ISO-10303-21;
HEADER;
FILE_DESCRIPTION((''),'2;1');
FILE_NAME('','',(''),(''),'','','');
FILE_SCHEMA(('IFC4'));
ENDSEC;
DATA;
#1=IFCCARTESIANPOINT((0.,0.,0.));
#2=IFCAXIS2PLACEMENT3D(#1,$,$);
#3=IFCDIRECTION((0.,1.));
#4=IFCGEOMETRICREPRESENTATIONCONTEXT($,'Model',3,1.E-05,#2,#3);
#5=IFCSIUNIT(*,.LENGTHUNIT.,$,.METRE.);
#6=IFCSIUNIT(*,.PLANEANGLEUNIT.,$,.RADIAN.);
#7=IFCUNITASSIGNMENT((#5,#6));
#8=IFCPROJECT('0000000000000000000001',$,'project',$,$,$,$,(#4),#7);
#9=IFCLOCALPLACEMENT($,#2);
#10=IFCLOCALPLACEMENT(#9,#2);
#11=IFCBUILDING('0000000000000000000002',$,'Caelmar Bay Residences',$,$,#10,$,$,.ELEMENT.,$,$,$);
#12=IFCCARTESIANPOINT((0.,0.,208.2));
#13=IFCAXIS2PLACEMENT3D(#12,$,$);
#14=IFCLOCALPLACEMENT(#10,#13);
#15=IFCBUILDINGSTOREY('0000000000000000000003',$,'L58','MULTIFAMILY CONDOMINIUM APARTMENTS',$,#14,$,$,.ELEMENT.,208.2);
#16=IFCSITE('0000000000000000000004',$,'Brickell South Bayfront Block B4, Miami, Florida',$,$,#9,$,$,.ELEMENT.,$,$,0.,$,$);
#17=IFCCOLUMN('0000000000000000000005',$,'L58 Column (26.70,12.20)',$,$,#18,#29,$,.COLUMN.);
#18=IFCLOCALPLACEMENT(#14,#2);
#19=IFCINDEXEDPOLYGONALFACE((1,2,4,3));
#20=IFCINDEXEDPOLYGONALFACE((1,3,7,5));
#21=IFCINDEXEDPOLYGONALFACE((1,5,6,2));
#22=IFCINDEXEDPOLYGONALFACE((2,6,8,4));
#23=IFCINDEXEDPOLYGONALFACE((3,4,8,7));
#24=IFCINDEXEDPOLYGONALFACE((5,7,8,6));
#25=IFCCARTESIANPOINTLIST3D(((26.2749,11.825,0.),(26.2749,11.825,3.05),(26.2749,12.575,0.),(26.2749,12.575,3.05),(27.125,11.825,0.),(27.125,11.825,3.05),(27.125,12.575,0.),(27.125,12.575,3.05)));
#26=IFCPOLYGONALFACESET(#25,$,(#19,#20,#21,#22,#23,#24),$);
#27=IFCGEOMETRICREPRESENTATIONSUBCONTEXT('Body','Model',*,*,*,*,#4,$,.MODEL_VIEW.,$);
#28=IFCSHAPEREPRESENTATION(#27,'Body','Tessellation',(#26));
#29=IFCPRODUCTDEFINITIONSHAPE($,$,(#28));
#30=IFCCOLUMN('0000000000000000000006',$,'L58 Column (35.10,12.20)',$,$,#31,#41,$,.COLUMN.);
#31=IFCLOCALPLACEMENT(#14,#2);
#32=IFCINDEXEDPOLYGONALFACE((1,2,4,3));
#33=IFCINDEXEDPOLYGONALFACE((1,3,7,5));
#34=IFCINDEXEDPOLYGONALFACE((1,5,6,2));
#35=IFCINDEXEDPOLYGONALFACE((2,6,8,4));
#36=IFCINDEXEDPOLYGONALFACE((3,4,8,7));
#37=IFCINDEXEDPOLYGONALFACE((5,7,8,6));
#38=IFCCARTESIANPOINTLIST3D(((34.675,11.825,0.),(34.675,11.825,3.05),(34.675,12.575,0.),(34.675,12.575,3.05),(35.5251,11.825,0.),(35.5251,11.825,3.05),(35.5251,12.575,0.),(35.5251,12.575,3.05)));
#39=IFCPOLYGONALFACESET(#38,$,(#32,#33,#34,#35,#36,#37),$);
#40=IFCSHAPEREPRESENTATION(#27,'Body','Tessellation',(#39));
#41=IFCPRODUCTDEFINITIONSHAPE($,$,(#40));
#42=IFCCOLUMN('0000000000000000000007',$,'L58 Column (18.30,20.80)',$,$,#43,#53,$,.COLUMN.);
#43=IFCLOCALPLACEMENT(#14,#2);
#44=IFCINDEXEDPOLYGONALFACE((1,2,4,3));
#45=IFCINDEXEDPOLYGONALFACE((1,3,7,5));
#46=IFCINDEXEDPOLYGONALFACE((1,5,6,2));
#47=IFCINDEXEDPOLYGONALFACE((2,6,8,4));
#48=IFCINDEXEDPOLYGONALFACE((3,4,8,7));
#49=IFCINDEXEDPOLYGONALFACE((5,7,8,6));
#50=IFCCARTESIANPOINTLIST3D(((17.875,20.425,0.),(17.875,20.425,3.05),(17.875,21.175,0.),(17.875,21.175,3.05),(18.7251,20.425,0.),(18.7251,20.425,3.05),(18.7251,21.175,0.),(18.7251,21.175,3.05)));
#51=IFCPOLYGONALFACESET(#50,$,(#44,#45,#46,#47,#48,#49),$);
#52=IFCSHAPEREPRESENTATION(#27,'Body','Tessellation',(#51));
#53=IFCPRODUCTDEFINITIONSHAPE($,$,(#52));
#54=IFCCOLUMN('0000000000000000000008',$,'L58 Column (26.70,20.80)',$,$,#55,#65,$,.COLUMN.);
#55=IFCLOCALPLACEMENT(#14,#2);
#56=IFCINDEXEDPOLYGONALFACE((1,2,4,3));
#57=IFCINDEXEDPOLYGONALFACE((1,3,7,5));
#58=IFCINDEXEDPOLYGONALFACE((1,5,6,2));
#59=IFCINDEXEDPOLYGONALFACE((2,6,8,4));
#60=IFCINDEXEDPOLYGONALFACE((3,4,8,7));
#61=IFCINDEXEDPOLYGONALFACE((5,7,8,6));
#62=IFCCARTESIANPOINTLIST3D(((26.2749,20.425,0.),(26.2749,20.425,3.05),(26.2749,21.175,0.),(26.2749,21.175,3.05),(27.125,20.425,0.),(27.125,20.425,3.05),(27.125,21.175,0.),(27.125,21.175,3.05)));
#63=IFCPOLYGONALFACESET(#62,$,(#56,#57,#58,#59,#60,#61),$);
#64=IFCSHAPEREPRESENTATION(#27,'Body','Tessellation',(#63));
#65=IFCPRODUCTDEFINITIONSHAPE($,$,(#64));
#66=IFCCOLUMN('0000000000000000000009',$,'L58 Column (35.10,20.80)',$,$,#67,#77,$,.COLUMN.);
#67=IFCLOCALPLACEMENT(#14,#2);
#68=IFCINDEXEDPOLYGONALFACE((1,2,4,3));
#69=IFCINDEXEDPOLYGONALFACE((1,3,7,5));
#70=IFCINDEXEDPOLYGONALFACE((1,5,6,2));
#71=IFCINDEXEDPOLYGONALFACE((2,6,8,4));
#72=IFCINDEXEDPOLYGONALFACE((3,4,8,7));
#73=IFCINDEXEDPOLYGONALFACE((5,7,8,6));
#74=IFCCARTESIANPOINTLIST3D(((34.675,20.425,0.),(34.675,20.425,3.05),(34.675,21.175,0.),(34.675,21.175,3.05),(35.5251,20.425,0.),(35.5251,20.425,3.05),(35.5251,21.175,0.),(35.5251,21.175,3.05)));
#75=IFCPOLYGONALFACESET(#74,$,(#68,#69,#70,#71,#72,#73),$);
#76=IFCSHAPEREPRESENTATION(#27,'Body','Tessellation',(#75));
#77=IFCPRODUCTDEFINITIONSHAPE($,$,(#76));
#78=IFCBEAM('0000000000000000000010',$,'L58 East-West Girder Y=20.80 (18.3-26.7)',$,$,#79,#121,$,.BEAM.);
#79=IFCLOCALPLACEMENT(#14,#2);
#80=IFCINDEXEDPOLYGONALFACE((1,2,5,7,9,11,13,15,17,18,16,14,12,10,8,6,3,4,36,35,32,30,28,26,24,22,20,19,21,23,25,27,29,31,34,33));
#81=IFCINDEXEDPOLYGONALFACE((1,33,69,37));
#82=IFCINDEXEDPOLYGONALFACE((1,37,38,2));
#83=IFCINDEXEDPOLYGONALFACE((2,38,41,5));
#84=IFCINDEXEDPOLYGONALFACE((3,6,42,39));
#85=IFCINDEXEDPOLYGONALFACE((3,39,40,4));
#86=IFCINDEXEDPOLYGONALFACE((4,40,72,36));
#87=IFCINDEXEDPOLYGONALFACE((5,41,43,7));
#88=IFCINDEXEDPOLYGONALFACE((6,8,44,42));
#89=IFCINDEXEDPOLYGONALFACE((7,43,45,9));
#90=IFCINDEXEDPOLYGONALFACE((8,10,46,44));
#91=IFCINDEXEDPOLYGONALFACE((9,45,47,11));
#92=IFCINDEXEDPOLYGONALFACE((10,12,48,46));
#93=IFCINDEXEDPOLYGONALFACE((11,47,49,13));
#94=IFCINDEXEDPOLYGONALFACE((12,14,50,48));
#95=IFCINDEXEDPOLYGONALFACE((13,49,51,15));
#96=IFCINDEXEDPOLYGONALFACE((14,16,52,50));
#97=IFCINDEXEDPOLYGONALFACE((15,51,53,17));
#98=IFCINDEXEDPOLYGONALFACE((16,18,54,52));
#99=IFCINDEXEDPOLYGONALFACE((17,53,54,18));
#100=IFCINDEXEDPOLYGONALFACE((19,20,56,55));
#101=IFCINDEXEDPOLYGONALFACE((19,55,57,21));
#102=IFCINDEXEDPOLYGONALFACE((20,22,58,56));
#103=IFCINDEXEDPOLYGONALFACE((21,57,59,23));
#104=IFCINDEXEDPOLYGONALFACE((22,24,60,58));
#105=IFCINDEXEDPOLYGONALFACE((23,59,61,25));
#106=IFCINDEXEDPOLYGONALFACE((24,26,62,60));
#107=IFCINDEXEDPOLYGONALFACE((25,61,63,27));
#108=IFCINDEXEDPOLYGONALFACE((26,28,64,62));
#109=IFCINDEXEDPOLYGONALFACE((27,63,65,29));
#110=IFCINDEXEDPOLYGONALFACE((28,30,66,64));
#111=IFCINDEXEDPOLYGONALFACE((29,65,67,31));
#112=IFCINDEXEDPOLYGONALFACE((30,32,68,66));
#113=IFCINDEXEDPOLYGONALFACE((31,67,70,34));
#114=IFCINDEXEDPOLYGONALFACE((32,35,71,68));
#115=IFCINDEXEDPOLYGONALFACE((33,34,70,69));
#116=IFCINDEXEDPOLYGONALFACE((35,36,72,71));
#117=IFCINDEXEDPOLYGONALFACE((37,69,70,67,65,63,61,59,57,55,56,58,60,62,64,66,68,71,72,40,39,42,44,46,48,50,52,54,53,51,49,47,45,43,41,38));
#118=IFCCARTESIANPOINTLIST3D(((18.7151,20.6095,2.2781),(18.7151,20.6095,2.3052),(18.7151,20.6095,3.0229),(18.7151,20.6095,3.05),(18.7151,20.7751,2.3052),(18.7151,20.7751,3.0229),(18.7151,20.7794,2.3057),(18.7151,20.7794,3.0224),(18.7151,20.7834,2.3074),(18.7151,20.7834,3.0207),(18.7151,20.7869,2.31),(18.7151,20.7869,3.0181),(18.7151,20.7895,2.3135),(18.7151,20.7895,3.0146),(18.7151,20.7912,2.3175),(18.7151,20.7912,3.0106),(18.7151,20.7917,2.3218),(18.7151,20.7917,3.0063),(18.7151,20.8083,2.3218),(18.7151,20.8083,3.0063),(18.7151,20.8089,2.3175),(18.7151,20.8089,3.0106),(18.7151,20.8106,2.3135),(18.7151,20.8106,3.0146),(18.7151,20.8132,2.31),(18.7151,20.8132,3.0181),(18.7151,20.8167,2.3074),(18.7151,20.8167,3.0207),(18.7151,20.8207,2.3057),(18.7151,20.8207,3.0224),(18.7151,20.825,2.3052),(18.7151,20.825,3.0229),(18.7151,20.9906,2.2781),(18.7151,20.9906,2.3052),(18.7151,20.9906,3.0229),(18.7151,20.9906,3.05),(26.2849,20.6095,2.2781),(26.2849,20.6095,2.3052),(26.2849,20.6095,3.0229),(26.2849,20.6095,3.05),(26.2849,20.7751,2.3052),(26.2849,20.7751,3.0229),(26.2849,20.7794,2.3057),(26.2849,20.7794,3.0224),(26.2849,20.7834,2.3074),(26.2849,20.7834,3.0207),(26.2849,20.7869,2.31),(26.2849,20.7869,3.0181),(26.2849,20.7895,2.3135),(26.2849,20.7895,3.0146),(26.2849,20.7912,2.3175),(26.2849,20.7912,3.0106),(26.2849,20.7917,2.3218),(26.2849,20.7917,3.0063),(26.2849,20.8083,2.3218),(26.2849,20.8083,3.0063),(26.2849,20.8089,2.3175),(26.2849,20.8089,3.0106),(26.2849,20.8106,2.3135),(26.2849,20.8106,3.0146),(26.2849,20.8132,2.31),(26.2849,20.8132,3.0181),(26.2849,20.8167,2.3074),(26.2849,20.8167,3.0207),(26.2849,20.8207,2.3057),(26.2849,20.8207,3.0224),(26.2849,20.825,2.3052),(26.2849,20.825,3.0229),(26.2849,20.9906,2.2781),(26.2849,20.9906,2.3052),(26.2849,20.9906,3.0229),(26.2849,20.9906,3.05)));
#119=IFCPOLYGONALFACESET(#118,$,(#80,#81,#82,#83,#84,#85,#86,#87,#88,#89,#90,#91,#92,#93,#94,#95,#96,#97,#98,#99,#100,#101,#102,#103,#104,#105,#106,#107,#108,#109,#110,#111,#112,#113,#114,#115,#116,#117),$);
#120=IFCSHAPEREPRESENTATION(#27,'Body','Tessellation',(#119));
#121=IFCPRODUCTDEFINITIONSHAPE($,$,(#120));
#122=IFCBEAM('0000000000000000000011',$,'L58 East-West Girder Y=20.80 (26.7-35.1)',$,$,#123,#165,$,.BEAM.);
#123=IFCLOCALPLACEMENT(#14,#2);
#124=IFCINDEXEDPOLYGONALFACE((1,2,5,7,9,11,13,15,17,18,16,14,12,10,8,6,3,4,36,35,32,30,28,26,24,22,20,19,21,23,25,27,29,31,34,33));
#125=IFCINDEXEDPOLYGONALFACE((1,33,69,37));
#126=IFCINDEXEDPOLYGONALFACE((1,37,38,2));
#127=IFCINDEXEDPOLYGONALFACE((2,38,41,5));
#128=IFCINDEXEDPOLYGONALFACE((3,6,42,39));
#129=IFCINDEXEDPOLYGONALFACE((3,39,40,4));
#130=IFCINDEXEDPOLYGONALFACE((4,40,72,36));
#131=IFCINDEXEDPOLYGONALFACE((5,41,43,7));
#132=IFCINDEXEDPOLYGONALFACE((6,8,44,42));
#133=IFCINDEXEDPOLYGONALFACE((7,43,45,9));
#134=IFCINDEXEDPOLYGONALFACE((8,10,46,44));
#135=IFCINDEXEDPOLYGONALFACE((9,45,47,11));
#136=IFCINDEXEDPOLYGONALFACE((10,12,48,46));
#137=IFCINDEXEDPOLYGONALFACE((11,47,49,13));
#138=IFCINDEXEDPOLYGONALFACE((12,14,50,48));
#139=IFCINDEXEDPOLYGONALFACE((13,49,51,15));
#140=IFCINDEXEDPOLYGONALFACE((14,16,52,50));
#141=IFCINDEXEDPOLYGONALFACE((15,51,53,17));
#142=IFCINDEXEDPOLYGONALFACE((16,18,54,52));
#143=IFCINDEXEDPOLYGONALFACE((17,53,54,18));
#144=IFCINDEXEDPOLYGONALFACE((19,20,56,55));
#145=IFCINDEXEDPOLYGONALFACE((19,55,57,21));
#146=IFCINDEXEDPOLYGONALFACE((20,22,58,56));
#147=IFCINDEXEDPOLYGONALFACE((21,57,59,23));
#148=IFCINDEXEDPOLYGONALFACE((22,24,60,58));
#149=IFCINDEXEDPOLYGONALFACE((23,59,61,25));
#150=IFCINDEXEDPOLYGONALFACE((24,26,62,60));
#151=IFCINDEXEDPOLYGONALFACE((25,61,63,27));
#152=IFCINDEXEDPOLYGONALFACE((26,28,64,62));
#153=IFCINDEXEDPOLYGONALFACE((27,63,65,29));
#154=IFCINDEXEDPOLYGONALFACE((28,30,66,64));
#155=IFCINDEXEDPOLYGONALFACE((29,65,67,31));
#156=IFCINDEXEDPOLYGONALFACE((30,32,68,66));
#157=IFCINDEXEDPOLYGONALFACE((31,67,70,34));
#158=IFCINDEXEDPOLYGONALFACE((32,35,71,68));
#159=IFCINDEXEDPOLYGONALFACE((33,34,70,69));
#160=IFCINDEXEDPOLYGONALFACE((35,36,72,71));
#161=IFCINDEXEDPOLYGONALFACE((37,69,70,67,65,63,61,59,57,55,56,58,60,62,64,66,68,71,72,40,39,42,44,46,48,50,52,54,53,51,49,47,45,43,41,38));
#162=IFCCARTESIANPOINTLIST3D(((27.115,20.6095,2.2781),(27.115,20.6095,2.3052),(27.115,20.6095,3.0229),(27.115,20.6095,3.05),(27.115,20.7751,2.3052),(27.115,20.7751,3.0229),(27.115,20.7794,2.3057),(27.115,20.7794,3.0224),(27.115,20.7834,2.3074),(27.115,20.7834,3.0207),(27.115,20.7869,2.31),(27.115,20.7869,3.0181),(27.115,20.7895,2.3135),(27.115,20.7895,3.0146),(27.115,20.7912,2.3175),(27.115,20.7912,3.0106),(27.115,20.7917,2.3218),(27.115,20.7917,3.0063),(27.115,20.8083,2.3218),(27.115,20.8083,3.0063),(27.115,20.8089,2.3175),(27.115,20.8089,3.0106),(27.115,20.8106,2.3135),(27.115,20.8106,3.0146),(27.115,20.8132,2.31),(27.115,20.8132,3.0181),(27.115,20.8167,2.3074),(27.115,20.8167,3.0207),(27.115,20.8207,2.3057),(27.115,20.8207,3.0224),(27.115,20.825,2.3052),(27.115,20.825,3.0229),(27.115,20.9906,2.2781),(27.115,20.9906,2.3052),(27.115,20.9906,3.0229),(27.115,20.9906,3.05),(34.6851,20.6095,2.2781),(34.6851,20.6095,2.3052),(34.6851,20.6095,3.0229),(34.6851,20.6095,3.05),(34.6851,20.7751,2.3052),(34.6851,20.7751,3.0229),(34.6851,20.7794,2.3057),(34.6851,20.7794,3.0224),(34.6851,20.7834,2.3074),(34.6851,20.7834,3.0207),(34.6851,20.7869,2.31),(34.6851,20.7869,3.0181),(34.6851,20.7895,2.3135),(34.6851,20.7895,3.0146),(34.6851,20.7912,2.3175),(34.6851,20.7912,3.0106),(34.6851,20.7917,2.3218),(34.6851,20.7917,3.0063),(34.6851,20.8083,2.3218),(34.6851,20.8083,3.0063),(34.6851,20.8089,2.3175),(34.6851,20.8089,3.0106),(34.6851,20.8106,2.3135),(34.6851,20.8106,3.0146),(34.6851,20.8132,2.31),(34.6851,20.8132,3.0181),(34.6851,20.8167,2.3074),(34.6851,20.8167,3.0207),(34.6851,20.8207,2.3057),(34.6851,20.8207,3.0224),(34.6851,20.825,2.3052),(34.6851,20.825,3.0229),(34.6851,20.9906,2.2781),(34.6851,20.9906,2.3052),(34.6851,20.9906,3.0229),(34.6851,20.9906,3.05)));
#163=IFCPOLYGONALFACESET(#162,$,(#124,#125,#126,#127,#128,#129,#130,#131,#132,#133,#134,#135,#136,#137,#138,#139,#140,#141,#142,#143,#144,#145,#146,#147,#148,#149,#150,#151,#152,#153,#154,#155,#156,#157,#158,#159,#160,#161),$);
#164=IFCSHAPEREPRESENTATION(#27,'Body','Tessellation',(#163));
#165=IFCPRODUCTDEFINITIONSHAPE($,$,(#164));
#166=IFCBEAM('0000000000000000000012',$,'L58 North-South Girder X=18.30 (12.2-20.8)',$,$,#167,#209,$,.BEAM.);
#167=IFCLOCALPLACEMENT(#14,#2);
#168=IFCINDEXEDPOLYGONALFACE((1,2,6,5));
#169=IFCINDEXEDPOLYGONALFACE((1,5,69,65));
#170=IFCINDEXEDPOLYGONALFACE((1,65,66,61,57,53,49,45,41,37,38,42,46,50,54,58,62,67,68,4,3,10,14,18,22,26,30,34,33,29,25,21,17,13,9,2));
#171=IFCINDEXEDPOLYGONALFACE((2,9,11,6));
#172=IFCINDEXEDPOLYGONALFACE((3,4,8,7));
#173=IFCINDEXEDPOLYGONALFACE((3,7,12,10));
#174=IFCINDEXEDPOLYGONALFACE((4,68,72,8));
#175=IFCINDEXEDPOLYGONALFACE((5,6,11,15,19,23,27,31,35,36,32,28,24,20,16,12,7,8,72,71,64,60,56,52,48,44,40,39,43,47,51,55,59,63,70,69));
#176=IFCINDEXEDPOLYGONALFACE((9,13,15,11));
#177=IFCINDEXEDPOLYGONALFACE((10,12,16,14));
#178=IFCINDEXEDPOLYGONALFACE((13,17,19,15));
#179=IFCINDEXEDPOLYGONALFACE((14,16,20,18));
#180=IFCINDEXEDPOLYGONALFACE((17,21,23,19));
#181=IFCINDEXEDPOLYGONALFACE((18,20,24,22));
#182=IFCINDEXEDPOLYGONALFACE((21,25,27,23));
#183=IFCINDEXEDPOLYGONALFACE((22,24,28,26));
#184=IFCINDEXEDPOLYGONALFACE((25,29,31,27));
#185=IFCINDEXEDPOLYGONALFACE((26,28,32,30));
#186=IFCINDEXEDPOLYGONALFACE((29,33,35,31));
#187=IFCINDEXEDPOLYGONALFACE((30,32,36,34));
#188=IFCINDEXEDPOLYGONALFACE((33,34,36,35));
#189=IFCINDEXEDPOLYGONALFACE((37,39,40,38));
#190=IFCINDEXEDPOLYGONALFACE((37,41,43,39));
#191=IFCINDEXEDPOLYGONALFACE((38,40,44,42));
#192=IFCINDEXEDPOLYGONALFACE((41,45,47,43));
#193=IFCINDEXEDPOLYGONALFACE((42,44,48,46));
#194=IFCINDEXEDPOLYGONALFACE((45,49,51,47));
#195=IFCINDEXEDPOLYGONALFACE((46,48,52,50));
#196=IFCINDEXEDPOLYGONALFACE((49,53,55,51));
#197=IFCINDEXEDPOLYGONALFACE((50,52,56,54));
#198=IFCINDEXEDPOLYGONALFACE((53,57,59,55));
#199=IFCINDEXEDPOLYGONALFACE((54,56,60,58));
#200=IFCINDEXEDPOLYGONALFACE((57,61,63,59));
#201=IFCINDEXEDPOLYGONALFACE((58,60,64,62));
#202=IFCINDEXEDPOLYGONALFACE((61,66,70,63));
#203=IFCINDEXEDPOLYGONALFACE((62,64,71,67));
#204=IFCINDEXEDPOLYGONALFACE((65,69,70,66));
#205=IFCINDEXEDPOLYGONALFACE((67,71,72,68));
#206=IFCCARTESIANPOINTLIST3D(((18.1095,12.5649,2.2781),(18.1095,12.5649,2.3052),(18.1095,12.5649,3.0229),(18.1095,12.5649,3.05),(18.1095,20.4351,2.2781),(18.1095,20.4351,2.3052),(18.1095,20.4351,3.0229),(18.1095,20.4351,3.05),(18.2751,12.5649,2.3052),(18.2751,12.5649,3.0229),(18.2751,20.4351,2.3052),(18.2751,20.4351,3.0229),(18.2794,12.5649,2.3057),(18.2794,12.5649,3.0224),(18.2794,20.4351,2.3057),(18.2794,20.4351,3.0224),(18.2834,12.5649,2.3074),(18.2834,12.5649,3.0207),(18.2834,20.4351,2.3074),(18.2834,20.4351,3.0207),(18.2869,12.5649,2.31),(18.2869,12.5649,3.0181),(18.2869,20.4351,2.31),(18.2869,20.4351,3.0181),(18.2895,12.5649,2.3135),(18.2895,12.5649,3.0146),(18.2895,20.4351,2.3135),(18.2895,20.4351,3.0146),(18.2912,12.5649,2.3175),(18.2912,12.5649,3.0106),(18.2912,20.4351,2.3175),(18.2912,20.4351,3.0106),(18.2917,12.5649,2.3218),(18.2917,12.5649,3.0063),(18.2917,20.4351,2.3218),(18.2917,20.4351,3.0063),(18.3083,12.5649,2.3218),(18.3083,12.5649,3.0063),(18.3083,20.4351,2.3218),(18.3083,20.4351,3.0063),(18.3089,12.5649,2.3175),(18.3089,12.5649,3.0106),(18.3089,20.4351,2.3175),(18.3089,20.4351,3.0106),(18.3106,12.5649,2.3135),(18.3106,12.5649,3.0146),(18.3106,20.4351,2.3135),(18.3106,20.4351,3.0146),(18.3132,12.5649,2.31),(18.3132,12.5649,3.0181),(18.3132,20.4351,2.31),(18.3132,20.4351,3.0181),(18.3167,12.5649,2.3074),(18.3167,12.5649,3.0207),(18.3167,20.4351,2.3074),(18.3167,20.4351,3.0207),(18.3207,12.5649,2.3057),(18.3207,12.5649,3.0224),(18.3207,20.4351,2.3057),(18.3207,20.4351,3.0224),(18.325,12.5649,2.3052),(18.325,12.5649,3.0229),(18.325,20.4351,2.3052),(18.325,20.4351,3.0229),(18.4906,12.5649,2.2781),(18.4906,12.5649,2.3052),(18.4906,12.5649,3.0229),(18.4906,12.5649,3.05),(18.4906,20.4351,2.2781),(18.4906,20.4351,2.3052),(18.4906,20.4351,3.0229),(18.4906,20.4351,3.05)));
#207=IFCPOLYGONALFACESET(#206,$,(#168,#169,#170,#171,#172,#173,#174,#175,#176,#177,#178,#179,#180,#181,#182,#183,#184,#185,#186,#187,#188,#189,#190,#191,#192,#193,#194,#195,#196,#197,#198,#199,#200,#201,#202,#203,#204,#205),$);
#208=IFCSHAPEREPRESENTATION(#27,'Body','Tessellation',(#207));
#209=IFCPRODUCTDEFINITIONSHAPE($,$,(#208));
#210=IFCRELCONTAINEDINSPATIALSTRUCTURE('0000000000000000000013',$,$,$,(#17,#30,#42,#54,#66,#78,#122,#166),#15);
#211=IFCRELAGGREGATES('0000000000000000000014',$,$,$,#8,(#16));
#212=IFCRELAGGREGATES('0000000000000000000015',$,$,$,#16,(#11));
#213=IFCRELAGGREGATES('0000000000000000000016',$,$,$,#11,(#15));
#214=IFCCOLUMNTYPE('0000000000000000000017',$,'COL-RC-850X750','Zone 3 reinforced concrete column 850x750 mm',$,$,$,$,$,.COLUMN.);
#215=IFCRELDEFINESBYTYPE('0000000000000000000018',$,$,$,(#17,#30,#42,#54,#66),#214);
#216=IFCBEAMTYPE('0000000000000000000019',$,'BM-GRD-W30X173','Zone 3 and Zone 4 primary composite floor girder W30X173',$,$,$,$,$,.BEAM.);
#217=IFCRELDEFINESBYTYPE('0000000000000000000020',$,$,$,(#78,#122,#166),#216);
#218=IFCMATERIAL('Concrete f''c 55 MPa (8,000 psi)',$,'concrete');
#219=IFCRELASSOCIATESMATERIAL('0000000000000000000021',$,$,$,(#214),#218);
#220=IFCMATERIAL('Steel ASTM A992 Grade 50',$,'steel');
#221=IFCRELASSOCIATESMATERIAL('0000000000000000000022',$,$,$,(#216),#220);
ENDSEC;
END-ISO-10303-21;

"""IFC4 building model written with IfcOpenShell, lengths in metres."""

from ifc_helpers import new_model, si_unit, direction, frame, origin, origin_2d, place, context, subcontext, project, spatial, rectangle, i_section, extrude, material, material_profile, profile_set, type_object, element, save


model = new_model("IFC4")

# Units and contexts
model_context = context("Model", 3, precision=1e-05, world=origin(), true_north=direction((0.0, 1.0)))
body_context = subcontext(model_context, "Body", "Model", "MODEL_VIEW")
ifc_project = project(units=[si_unit("LENGTHUNIT", "METRE"), si_unit("PLANEANGLEUNIT", "RADIAN")], contexts=[model_context])

# Site, building, storey
site_placement = place(None, origin())
site = spatial("IfcSite", under=ifc_project, at=site_placement, Name="Brickell South Bayfront Block B4, Miami, Florida", CompositionType="ELEMENT", RefElevation=0.0)
building_placement = place(site_placement, origin())
building = spatial("IfcBuilding", under=site, at=building_placement, Name="Caelmar Bay Residences", CompositionType="ELEMENT")
storey_placement = place(building_placement, frame((0.0, 0.0, 208.2)))
storey = spatial("IfcBuildingStorey", under=building, at=storey_placement, Name="L58", Description="MULTIFAMILY CONDOMINIUM APARTMENTS", CompositionType="ELEMENT", Elevation=208.2)

# Columns
ifc_material_1 = material(Name="Concrete f'c 55 MPa (8,000 psi)", Category="concrete")
ifc_material_profile_1 = material_profile(ifc_material_1, rectangle(XDim=0.8501, YDim=0.75, at=origin_2d()), Name="RC-COL-850X750")
ifc_profile_set_1 = profile_set([ifc_material_profile_1], Name="Concrete f'c 55 MPa (8,000 psi)")
column_type = type_object("IfcColumnType", Name="COL-RC-850X750", Description="Zone 3 reinforced concrete column 850x750 mm", PredefinedType="COLUMN", material=ifc_profile_set_1)
for number, where, z_axis, x_axis, name in (
    (1, (26.7, 12.2, 0.0), (0.0, 0.0, 1.0), (1.0, 0.0, 0.0), "L58 Column (26.70,12.20)"),
    (2, (35.1001, 12.2, 0.0), (0.0, 0.0, 1.0), (1.0, 0.0, 0.0), "L58 Column (35.10,12.20)"),
    (3, (18.3, 20.8, 0.0), (0.0, 0.0, 1.0), (1.0, 0.0, 0.0), "L58 Column (18.30,20.80)"),
    (4, (26.7, 20.8, 0.0), (0.0, 0.0, 1.0), (1.0, 0.0, 0.0), "L58 Column (26.70,20.80)"),
    (5, (35.1001, 20.8, 0.0), (0.0, 0.0, 1.0), (1.0, 0.0, 0.0), "L58 Column (35.10,20.80)"),
):
    element("IfcColumn", number, at=place(storey_placement, frame(where, z_axis=z_axis, x_axis=x_axis)), inside=storey, type_object=column_type, Name=name, PredefinedType="COLUMN", context=body_context, shape_type="SweptSolid", body=[
        extrude(rectangle(XDim=0.8501, YDim=0.75, at=origin_2d()), origin(), (0.0, 0.0, 1.0), 3.05),
    ])

# Beams
ifc_material_2 = material(Name="Steel ASTM A992 Grade 50", Category="steel")
ifc_material_profile_2 = material_profile(ifc_material_2, i_section(OverallWidth=0.3811, OverallDepth=0.772, WebThickness=0.0166, FlangeThickness=0.0271, FilletRadius=0.0166, at=origin_2d()), Name="W30X173")
ifc_profile_set_2 = profile_set([ifc_material_profile_2], Name="Steel ASTM A992 Grade 50")
beam_type_1 = type_object("IfcBeamType", Name="BM-GRD-W30X173", Description="Zone 3 and Zone 4 primary composite floor girder W30X173", PredefinedType="BEAM", material=ifc_profile_set_2)
beam_1_placement = place(storey_placement, frame((18.7151, 20.8, 2.6641), z_axis=(1.0, 0.0, 0.0), x_axis=(0.0, 1.0, 0.0)))
element("IfcBeam", 6, at=beam_1_placement, inside=storey, type_object=beam_type_1, Name="L58 East-West Girder Y=20.80 (18.3-26.7)", PredefinedType="BEAM", context=body_context, shape_type="SweptSolid", body=[
    extrude(i_section(OverallWidth=0.3811, OverallDepth=0.772, WebThickness=0.0166, FlangeThickness=0.0271, FilletRadius=0.0166, at=origin_2d()), origin(), (0.0, 0.0, 1.0), 7.5698),
])
beam_2_placement = place(storey_placement, frame((27.115, 20.8, 2.6641), z_axis=(1.0, 0.0, 0.0), x_axis=(0.0, 1.0, 0.0)))
element("IfcBeam", 7, at=beam_2_placement, inside=storey, type_object=beam_type_1, Name="L58 East-West Girder Y=20.80 (26.7-35.1)", PredefinedType="BEAM", context=body_context, shape_type="SweptSolid", body=[
    extrude(i_section(OverallWidth=0.3811, OverallDepth=0.772, WebThickness=0.0166, FlangeThickness=0.0271, FilletRadius=0.0166, at=origin_2d()), origin(), (0.0, 0.0, 1.0), 7.5701),
])
beam_3_placement = place(storey_placement, frame((18.3, 12.5649, 2.6641), z_axis=(0.0, 1.0, 0.0), x_axis=(-1.0, 0.0, 0.0)))
element("IfcBeam", 8, at=beam_3_placement, inside=storey, type_object=beam_type_1, Name="L58 North-South Girder X=18.30 (12.2-20.8)", PredefinedType="BEAM", context=body_context, shape_type="SweptSolid", body=[
    extrude(i_section(OverallWidth=0.3811, OverallDepth=0.772, WebThickness=0.0166, FlangeThickness=0.0271, FilletRadius=0.0166, at=origin_2d()), origin(), (0.0, 0.0, 1.0), 7.8701),
])

save(model, "model.ifc")
